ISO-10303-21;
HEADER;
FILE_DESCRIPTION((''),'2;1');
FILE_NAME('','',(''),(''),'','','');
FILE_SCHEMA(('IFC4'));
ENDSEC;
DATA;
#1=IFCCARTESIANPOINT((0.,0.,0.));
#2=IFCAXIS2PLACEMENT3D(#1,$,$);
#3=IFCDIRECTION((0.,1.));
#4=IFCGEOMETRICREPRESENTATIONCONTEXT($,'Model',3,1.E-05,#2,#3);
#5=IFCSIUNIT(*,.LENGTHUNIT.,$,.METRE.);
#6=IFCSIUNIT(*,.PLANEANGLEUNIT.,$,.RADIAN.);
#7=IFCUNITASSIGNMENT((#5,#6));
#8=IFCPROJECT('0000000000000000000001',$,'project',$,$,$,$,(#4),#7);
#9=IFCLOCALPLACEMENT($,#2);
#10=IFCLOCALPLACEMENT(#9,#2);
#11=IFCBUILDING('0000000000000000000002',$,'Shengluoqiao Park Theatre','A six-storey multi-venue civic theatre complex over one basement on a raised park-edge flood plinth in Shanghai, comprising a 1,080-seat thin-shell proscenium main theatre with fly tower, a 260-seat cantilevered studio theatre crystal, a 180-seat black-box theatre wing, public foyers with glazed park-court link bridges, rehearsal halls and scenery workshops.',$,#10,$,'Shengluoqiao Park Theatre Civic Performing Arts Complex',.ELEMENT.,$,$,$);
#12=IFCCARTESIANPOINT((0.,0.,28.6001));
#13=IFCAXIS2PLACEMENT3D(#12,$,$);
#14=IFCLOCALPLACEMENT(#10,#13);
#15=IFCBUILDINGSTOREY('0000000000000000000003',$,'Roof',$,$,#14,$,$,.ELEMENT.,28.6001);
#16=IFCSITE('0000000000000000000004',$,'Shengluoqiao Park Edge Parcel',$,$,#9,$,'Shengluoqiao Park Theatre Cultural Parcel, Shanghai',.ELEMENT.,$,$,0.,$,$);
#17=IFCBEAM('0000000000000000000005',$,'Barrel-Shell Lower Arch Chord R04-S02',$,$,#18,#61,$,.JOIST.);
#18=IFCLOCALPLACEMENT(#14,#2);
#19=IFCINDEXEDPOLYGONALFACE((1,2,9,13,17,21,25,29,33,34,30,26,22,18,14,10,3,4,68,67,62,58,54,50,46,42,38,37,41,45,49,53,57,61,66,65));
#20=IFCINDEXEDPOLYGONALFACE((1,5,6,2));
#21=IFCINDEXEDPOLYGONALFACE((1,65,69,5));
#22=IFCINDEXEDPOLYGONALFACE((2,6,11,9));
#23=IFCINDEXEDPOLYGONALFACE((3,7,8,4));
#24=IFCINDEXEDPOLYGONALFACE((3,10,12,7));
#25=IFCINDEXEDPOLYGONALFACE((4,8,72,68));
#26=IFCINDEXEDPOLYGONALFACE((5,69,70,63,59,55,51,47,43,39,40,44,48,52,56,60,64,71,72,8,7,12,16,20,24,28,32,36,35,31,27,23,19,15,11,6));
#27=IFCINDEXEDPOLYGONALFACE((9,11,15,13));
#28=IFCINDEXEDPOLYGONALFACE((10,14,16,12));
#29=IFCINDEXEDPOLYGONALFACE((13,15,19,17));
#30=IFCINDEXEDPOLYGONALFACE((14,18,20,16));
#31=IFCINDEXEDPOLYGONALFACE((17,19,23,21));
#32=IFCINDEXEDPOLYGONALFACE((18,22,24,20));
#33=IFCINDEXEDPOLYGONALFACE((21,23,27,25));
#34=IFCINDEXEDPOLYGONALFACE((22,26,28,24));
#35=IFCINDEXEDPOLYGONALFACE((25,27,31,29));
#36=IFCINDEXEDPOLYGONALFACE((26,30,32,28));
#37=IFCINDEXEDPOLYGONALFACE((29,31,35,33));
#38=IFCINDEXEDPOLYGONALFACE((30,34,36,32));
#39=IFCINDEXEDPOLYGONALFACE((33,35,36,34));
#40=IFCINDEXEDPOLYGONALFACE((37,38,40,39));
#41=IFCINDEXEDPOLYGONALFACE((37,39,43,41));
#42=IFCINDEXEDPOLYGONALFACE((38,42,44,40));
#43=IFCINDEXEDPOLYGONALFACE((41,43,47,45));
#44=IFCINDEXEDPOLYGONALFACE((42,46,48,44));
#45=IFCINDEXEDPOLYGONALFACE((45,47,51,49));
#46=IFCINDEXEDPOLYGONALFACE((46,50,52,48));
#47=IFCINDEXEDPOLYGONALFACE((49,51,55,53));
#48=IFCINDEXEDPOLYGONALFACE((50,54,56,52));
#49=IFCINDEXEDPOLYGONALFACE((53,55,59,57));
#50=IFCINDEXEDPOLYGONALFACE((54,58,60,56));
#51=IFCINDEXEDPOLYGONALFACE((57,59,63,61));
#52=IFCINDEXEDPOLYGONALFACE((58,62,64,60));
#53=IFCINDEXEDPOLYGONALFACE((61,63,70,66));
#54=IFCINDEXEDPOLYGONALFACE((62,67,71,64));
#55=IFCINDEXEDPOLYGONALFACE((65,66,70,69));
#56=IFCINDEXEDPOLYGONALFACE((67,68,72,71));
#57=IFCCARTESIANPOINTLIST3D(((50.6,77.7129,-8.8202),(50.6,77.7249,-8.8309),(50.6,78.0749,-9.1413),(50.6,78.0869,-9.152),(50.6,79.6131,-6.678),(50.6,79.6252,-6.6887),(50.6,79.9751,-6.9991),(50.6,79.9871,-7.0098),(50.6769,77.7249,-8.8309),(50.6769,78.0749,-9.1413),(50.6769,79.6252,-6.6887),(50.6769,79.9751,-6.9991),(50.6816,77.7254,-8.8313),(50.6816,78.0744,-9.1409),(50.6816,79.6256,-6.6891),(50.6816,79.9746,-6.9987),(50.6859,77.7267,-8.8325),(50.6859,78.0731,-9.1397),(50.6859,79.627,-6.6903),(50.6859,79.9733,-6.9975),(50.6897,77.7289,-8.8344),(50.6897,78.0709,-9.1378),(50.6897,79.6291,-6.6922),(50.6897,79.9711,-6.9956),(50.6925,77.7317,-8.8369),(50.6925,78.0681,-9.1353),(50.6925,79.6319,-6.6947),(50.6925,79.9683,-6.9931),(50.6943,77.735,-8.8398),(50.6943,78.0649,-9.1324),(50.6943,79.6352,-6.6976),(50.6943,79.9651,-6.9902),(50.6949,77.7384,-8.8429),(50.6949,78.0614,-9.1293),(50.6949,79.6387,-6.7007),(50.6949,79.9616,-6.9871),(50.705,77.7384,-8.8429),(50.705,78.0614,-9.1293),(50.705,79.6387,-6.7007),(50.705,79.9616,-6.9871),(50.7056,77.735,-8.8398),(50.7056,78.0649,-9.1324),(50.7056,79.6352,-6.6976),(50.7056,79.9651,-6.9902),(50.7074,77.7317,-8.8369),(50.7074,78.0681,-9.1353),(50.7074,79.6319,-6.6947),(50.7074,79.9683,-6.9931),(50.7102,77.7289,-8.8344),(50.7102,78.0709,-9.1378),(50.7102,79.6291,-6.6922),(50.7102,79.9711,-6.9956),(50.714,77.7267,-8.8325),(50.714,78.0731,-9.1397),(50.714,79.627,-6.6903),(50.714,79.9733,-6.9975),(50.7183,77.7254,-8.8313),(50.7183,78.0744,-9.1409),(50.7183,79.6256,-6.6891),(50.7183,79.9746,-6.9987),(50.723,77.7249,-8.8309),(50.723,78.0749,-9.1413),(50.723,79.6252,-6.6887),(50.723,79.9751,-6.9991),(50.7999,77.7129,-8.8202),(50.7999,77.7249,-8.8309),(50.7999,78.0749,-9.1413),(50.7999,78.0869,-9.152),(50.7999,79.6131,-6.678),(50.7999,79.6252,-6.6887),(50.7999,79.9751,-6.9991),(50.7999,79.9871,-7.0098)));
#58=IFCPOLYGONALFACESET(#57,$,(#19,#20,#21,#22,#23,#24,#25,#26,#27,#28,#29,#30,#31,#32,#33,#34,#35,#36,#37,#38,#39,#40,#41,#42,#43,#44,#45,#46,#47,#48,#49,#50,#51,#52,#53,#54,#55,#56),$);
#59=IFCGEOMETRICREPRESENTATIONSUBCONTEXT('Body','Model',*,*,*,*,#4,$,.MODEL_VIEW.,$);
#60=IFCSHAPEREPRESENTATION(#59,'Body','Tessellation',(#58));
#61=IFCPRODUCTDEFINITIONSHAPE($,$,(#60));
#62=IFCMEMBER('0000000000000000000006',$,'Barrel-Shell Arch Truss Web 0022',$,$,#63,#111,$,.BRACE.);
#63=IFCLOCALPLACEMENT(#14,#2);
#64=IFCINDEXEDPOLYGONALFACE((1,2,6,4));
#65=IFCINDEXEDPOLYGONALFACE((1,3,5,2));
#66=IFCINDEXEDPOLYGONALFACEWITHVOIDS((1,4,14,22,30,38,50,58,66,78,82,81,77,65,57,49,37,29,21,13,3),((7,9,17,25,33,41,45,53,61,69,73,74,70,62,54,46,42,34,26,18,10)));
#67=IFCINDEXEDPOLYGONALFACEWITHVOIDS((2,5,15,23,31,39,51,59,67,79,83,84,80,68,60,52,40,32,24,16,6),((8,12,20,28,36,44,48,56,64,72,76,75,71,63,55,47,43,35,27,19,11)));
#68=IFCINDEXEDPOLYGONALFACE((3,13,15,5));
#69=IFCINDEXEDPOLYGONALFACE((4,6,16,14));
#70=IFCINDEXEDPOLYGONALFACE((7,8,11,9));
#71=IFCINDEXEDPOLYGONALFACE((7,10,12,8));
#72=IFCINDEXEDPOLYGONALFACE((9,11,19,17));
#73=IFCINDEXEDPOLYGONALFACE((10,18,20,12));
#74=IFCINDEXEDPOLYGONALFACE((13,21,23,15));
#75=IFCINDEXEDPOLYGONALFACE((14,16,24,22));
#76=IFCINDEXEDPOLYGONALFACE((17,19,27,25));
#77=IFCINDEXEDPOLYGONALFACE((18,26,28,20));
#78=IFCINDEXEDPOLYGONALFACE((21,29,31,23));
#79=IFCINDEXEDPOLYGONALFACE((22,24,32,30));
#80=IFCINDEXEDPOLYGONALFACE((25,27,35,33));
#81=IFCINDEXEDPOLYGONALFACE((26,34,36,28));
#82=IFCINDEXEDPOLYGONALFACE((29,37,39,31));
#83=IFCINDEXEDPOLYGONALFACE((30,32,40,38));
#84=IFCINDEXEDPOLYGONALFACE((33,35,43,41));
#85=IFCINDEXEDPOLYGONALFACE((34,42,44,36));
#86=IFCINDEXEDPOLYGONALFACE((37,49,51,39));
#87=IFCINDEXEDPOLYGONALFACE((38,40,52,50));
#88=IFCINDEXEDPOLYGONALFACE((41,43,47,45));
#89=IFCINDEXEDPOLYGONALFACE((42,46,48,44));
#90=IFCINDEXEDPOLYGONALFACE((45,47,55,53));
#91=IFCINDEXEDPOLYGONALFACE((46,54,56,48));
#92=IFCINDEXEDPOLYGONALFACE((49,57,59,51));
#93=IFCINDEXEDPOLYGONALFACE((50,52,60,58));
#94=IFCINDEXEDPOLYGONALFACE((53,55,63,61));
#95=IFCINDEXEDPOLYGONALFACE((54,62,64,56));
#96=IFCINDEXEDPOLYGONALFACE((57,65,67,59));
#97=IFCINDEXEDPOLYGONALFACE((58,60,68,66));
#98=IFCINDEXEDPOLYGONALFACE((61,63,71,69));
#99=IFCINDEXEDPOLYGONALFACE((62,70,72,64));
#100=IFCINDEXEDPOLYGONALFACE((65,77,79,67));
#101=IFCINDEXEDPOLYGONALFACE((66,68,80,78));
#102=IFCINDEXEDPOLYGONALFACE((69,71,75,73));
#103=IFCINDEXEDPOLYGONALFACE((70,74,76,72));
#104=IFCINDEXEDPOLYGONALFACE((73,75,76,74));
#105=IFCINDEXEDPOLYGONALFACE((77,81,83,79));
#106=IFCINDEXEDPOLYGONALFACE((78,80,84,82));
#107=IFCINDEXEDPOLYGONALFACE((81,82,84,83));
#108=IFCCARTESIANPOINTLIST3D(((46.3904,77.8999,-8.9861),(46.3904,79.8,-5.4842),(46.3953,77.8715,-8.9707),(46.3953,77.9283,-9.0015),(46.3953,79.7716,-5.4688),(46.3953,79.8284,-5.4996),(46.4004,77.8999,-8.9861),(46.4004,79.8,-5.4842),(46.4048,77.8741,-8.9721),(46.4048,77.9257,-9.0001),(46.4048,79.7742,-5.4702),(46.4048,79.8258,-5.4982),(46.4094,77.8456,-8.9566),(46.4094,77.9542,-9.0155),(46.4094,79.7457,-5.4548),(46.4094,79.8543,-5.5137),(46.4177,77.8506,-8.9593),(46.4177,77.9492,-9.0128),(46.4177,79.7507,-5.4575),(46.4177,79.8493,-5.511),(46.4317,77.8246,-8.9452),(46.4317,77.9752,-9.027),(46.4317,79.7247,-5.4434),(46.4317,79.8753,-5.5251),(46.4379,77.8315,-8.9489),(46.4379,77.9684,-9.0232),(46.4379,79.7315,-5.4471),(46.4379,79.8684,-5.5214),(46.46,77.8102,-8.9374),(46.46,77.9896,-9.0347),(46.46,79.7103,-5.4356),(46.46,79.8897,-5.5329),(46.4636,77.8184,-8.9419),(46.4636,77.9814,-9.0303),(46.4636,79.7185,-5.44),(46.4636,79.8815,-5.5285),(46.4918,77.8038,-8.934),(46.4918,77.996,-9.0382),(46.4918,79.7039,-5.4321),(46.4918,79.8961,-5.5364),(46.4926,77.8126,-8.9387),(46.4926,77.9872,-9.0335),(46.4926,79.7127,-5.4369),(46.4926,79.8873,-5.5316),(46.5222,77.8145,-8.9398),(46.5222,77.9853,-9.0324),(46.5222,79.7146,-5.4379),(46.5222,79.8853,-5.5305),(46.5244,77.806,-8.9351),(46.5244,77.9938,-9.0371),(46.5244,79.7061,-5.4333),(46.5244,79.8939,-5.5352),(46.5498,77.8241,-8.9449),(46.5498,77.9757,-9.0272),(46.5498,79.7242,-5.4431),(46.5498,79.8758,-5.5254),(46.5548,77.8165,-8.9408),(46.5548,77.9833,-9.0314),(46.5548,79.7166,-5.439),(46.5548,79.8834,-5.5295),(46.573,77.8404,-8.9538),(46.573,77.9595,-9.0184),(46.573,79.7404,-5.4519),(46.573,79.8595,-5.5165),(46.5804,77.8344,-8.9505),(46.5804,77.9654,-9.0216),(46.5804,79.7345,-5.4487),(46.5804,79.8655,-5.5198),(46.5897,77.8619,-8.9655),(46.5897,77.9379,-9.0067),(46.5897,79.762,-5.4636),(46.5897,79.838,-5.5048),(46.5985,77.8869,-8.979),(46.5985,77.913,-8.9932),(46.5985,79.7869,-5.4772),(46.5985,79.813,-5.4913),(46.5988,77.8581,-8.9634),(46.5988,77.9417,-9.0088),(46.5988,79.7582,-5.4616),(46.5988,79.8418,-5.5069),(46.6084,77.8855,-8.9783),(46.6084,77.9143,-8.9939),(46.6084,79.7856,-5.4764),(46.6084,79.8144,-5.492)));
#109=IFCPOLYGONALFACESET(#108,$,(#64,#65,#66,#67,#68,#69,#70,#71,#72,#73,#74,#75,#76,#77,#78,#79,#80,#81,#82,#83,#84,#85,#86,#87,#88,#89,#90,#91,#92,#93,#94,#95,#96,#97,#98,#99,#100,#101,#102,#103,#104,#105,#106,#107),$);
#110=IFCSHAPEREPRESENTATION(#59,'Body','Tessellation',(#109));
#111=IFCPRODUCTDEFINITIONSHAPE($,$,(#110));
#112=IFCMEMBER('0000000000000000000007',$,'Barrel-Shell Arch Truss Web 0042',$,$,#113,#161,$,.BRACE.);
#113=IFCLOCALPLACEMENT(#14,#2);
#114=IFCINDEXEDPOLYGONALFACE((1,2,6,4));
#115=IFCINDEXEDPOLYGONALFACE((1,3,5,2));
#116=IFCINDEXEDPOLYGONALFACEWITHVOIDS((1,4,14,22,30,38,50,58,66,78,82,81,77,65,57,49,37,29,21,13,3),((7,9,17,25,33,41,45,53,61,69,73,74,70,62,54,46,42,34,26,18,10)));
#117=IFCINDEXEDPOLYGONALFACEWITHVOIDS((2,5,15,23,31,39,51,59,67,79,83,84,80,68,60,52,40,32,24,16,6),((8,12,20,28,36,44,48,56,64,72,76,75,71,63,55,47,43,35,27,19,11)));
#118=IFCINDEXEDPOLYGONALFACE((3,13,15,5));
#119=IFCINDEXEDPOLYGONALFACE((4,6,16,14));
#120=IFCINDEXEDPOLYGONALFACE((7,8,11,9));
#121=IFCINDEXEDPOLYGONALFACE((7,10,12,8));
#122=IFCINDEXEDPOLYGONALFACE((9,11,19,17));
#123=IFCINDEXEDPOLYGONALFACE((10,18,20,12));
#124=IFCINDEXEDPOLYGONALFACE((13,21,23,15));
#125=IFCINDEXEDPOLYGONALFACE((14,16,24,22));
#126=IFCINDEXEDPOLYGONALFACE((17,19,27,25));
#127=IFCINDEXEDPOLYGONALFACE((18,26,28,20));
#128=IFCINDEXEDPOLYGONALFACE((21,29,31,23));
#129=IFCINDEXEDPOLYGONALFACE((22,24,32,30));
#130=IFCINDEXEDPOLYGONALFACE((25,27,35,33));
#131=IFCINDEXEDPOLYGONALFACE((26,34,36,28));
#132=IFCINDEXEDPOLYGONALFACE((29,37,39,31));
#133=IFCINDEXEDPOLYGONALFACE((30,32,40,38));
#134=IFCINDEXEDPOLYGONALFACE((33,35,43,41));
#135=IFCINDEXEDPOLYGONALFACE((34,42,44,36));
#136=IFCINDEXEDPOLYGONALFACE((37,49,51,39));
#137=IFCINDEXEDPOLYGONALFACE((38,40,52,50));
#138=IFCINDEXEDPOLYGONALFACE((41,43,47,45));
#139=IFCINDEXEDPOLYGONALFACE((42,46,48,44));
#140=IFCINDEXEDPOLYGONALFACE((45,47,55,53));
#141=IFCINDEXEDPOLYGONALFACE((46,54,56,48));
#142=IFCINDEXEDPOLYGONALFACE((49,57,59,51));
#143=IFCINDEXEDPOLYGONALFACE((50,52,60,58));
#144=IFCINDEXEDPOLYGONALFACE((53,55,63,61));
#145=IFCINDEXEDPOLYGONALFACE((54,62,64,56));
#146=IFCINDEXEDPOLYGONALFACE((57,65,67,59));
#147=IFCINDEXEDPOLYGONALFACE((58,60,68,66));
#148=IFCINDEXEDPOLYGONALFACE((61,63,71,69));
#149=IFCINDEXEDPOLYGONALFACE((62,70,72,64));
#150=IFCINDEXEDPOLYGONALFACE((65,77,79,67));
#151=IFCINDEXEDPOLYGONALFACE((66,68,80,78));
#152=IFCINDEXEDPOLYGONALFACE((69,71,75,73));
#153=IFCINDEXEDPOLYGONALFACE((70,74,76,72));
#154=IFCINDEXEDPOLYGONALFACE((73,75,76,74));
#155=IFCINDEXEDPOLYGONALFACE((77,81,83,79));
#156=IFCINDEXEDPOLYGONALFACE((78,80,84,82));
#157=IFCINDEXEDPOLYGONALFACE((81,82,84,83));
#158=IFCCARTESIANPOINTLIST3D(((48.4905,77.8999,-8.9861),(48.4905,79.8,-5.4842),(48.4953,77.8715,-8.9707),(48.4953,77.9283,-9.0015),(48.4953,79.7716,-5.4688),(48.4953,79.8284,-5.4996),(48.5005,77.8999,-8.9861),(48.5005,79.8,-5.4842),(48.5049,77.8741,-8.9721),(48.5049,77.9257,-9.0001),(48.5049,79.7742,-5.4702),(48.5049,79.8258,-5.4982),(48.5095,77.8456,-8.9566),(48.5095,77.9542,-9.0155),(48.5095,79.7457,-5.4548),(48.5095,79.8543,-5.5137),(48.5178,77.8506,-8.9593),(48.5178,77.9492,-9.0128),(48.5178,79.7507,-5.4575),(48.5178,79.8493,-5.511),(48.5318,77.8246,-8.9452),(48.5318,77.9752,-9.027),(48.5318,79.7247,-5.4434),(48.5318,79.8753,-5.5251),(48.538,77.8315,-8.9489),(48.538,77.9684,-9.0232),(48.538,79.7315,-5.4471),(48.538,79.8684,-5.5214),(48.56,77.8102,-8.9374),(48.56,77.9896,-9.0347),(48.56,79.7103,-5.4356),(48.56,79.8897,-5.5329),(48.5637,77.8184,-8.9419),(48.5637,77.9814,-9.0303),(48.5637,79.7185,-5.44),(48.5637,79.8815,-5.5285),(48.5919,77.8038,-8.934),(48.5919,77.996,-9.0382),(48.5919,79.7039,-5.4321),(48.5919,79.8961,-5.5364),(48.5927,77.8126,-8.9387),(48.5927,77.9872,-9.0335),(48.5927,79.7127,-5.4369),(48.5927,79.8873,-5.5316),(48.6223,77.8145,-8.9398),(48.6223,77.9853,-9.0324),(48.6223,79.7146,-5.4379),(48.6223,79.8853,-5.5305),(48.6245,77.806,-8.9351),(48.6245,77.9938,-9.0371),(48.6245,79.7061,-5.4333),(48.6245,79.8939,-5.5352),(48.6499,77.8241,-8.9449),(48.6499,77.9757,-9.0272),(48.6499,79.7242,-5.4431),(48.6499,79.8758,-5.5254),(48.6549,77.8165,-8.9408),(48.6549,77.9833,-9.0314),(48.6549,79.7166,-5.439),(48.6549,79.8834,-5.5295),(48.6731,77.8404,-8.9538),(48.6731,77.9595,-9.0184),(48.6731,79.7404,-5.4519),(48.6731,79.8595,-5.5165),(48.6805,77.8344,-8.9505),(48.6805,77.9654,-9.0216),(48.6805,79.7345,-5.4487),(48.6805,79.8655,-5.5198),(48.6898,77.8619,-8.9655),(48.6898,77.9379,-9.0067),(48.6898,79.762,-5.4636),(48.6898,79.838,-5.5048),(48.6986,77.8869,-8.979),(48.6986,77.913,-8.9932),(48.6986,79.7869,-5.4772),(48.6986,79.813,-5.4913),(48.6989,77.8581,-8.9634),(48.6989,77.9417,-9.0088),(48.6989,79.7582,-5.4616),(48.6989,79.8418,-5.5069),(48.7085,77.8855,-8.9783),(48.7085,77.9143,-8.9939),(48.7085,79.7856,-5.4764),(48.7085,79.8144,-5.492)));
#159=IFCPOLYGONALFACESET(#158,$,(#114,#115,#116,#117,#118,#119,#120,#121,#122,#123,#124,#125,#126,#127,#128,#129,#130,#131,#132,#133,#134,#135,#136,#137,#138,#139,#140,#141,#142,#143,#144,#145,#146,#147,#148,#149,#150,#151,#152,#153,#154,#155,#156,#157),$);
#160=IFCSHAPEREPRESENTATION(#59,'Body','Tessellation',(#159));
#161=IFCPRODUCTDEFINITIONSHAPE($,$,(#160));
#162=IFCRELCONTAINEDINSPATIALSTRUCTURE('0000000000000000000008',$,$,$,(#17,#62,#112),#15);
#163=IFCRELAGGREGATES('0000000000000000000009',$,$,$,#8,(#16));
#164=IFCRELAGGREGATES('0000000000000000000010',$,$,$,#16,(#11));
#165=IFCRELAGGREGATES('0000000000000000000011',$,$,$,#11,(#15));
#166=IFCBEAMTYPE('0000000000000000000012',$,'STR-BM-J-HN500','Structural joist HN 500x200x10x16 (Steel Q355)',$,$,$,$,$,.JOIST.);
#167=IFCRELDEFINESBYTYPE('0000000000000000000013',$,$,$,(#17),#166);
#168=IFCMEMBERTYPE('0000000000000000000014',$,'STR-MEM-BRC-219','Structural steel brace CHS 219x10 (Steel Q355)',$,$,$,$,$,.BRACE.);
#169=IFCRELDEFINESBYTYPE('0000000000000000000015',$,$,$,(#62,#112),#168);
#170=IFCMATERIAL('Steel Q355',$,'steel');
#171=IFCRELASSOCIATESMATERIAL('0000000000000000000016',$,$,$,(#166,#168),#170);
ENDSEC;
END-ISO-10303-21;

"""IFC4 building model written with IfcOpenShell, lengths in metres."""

from ifc_helpers import new_model, si_unit, direction, frame, origin, origin_2d, place, context, subcontext, project, spatial, hollow_circle, i_section, extrude, material, material_profile, profile_set, type_object, element, save


model = new_model("IFC4")

# Units and contexts
model_context = context("Model", 3, precision=1e-05, world=origin(), true_north=direction((0.0, 1.0)))
body_context = subcontext(model_context, "Body", "Model", "MODEL_VIEW")
ifc_project = project(units=[si_unit("LENGTHUNIT", "METRE"), si_unit("PLANEANGLEUNIT", "RADIAN")], contexts=[model_context])

# Site, building, storey
site_placement = place(None, origin())
site = spatial("IfcSite", under=ifc_project, at=site_placement, Name="Shengluoqiao Park Edge Parcel", LongName="Shengluoqiao Park Theatre Cultural Parcel, Shanghai", CompositionType="ELEMENT", RefElevation=0.0)
building_placement = place(site_placement, origin())
building = spatial("IfcBuilding", under=site, at=building_placement, Name="Shengluoqiao Park Theatre", Description="A six-storey multi-venue civic theatre complex over one basement on a raised park-edge flood plinth in Shanghai, comprising a 1,080-seat thin-shell proscenium main theatre with fly tower, a 260-seat cantilevered studio theatre crystal, a 180-seat black-box theatre wing, public foyers with glazed park-court link bridges, rehearsal halls and scenery workshops.", LongName="Shengluoqiao Park Theatre Civic Performing Arts Complex", CompositionType="ELEMENT")
storey_placement = place(building_placement, frame((0.0, 0.0, 28.6001)))
storey = spatial("IfcBuildingStorey", under=building, at=storey_placement, Name="Roof", CompositionType="ELEMENT", Elevation=28.6001)

# Beam
ifc_material_1 = material(Name="Steel Q355", Category="steel")
ifc_material_profile_1 = material_profile(ifc_material_1, i_section(OverallWidth=0.2, OverallDepth=0.5, WebThickness=0.01, FlangeThickness=0.0161, FilletRadius=0.0181, at=origin_2d()), Name="HN 500x200x10x16")
ifc_profile_set_1 = profile_set([ifc_material_profile_1], Name="Steel Q355")
beam_type_1 = type_object("IfcBeamType", Name="STR-BM-J-HN500", Description="Structural joist HN 500x200x10x16 (Steel Q355)", PredefinedType="JOIST", material=ifc_profile_set_1)
for number, where, z_axis, x_axis, name in (
    (1, (50.7, 77.8999, -8.9861), (0.0, 0.663596, 0.748091), (-1.0, 0.0, 0.0), "Barrel-Shell Lower Arch Chord R04-S02"),
):
    element("IfcBeam", number, at=place(storey_placement, frame(where, z_axis=z_axis, x_axis=x_axis)), inside=storey, type_object=beam_type_1, Name=name, PredefinedType="JOIST", context=body_context, shape_type="SweptSolid", body=[
        extrude(i_section(OverallWidth=0.2, OverallDepth=0.5, WebThickness=0.01, FlangeThickness=0.0161, FilletRadius=0.0181, at=origin_2d()), origin(), (0.0, 0.0, 1.0), 2.8635),
    ])

# Members
ifc_material_profile_2 = material_profile(ifc_material_1, hollow_circle(Radius=0.1096, WallThickness=0.01, at=origin_2d()), Name="CHS 219x10")
ifc_profile_set_2 = profile_set([ifc_material_profile_2], Name="Steel Q355")
member_type_1 = type_object("IfcMemberType", Name="STR-MEM-BRC-219", Description="Structural steel brace CHS 219x10 (Steel Q355)", PredefinedType="BRACE", material=ifc_profile_set_2)
for number, where, z_axis, x_axis, name in (
    (2, (46.5, 77.8999, -8.9861), (0.0, 0.476915, 0.87895), (-1.0, 0.0, 0.0), "Barrel-Shell Arch Truss Web 0022"),
    (3, (48.6001, 77.8999, -8.9861), (0.0, 0.476915, 0.87895), (-1.0, 0.0, 0.0), "Barrel-Shell Arch Truss Web 0042"),
):
    element("IfcMember", number, at=place(storey_placement, frame(where, z_axis=z_axis, x_axis=x_axis)), inside=storey, type_object=member_type_1, Name=name, PredefinedType="BRACE", context=body_context, shape_type="SweptSolid", body=[
        extrude(hollow_circle(Radius=0.1096, WallThickness=0.01, at=origin_2d()), origin(), (0.0, 0.0, 1.0), 3.9841),
    ])

save(model, "model.ifc")
